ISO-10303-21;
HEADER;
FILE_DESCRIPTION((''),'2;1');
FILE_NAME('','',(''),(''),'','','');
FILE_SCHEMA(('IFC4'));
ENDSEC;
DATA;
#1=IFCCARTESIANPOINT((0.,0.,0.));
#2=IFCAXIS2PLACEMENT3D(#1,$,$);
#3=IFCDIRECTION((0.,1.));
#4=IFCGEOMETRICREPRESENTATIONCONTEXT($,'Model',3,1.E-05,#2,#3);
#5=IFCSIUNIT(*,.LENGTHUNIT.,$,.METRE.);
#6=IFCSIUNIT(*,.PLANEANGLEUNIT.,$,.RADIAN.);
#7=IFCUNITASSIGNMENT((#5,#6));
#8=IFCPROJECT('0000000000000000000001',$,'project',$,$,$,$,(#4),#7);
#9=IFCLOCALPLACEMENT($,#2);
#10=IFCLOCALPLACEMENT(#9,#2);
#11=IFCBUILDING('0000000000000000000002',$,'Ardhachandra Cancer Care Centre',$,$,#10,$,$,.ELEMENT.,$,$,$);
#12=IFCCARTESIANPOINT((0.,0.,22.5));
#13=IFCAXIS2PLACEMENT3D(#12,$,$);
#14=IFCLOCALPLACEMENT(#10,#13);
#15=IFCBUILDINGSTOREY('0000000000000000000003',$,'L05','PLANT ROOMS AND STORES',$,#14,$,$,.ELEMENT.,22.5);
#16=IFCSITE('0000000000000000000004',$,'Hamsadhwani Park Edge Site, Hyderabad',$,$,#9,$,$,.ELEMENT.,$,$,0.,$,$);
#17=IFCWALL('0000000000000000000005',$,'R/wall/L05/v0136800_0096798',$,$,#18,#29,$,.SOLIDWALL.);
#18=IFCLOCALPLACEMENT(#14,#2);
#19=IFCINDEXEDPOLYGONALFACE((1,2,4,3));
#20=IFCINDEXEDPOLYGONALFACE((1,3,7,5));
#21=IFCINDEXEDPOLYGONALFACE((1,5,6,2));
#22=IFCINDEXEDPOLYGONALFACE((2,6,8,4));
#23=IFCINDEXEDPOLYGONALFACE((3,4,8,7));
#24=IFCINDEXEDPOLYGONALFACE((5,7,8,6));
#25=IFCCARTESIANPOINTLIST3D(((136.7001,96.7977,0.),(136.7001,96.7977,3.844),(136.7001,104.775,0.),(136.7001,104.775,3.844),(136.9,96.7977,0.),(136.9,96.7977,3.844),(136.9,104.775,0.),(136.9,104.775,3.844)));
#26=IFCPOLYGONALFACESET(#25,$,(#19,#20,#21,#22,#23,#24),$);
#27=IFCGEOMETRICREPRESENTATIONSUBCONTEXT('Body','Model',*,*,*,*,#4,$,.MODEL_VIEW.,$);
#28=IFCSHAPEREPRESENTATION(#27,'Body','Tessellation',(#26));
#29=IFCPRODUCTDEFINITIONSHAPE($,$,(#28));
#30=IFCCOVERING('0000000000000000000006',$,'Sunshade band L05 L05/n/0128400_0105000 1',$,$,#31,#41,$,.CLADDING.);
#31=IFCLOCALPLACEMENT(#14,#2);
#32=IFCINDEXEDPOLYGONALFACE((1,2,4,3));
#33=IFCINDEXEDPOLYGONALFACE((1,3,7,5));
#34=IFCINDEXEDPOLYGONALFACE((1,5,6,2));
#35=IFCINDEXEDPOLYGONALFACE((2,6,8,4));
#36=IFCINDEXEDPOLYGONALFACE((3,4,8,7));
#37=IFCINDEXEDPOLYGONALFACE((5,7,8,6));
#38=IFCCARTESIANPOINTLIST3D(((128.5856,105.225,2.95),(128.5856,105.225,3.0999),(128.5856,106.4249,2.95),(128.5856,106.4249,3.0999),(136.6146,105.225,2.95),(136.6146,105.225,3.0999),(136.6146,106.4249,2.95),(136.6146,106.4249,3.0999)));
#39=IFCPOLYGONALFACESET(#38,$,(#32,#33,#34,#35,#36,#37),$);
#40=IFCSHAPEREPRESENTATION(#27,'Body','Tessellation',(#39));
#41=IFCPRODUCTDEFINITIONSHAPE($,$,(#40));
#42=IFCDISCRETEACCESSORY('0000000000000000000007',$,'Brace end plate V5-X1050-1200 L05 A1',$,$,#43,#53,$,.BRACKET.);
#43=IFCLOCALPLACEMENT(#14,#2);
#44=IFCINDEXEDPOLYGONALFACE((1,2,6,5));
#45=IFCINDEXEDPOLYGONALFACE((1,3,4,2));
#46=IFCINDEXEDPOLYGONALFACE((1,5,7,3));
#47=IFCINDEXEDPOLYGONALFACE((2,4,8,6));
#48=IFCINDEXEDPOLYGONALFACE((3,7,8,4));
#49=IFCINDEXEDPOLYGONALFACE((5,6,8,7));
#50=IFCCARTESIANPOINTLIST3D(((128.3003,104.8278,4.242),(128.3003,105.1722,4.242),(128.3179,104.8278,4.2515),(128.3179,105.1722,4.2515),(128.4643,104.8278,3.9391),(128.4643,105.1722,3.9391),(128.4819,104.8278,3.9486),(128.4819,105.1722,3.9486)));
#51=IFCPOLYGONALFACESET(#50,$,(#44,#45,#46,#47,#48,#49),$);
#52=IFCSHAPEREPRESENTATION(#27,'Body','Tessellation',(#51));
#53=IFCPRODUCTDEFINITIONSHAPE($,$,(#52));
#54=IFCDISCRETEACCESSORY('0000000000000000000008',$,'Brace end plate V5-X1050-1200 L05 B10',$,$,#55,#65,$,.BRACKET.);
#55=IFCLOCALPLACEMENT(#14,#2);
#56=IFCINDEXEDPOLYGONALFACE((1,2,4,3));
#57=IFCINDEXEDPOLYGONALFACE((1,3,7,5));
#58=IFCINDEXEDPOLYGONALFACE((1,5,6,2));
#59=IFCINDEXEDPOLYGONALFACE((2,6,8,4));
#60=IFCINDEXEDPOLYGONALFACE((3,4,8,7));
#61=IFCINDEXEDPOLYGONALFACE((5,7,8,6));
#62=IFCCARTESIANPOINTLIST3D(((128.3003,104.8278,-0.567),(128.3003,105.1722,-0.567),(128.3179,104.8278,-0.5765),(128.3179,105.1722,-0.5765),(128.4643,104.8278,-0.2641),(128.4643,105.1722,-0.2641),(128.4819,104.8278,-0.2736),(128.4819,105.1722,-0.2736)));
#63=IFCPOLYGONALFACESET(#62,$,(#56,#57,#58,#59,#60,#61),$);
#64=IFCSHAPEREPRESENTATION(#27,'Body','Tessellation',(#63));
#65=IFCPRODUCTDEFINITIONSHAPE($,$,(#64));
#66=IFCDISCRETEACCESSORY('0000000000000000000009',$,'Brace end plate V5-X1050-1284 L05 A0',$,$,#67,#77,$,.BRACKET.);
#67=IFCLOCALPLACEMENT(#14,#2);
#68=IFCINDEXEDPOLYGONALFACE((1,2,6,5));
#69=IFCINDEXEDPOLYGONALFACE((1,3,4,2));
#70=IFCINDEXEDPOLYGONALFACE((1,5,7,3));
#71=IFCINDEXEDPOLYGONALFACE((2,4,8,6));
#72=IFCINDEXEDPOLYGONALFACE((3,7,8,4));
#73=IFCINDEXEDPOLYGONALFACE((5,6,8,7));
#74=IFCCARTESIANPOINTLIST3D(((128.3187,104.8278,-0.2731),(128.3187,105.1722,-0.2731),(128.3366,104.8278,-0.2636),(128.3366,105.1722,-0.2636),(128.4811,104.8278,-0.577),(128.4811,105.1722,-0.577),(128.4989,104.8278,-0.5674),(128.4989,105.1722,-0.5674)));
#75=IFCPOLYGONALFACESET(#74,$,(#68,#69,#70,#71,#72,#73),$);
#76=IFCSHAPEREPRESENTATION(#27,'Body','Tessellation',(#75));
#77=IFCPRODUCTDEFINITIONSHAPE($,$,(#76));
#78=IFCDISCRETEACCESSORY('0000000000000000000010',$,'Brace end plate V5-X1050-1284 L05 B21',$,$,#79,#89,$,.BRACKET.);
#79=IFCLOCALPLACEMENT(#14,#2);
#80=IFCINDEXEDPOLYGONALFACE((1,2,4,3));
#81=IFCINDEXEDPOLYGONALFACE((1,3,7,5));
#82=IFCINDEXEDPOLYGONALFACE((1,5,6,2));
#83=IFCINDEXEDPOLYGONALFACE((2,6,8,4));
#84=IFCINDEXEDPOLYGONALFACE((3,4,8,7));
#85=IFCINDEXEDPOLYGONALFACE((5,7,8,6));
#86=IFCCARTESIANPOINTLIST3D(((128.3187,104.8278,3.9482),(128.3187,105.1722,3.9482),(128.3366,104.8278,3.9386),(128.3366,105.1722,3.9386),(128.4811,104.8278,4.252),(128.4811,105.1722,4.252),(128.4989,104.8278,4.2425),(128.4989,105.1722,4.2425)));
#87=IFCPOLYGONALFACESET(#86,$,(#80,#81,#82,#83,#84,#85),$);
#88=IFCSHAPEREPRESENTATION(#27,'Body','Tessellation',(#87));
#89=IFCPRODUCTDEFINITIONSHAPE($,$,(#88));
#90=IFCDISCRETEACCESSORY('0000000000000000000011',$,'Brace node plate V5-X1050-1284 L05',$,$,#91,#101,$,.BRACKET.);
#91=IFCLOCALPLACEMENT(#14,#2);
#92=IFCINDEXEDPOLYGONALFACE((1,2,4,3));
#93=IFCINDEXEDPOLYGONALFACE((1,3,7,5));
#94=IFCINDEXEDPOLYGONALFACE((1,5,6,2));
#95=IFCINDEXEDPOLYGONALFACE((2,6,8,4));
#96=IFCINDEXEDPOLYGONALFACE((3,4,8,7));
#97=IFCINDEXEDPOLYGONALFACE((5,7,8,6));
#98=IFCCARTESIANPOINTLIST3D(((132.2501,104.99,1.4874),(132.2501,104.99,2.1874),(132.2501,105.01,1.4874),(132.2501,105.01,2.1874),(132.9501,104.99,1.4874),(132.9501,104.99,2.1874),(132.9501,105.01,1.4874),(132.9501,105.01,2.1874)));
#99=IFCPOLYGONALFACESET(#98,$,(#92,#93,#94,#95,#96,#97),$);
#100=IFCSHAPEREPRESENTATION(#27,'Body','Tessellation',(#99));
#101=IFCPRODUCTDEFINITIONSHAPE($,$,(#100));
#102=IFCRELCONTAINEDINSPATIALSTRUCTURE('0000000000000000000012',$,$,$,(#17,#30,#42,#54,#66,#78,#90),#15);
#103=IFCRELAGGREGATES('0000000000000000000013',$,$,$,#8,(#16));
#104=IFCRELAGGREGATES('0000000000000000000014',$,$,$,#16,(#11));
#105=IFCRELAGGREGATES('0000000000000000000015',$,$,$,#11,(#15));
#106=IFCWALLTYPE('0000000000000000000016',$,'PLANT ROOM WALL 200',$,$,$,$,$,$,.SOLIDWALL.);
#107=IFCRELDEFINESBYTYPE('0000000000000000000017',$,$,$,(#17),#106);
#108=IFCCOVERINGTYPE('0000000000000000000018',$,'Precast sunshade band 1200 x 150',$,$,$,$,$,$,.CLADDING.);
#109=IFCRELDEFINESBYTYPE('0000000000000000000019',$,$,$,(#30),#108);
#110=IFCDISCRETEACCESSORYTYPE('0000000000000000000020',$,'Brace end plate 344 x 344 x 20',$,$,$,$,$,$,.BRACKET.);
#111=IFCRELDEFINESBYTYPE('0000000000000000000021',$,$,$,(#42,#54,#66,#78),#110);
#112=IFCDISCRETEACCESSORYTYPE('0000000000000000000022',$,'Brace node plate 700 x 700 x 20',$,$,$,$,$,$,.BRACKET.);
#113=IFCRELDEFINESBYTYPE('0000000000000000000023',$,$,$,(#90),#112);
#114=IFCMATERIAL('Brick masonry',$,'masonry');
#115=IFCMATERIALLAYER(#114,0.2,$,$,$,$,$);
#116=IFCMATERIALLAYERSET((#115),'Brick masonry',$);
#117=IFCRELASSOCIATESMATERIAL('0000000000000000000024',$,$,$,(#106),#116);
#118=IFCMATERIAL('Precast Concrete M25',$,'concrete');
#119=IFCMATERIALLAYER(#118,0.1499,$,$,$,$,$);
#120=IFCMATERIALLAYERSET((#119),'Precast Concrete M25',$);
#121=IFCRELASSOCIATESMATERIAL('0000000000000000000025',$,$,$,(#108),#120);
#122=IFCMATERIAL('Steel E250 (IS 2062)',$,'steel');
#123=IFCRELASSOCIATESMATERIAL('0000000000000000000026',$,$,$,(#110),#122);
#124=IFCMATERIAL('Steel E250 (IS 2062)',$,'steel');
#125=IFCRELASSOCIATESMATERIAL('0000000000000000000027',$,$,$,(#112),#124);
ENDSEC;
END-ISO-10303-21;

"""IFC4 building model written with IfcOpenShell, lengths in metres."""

from ifc_helpers import new_model, si_unit, direction, frame, frame_2d, origin, origin_2d, place, context, subcontext, project, spatial, rectangle, extrude, material, layer, layer_set, material_profile, profile_set, type_object, element, save


model = new_model("IFC4")

# Units and contexts
model_context = context("Model", 3, precision=1e-05, world=origin(), true_north=direction((0.0, 1.0)))
body_context = subcontext(model_context, "Body", "Model", "MODEL_VIEW")
ifc_project = project(units=[si_unit("LENGTHUNIT", "METRE"), si_unit("PLANEANGLEUNIT", "RADIAN")], contexts=[model_context])

# Site, building, storey
site_placement = place(None, origin())
site = spatial("IfcSite", under=ifc_project, at=site_placement, Name="Hamsadhwani Park Edge Site, Hyderabad", CompositionType="ELEMENT", RefElevation=0.0)
building_placement = place(site_placement, origin())
building = spatial("IfcBuilding", under=site, at=building_placement, Name="Ardhachandra Cancer Care Centre", CompositionType="ELEMENT")
storey_placement = place(building_placement, frame((0.0, 0.0, 22.5)))
storey = spatial("IfcBuildingStorey", under=building, at=storey_placement, Name="L05", Description="PLANT ROOMS AND STORES", CompositionType="ELEMENT", Elevation=22.5)

# Wall
ifc_material_1 = material(Name="Brick masonry", Category="masonry")
ifc_layer_1 = layer(ifc_material_1, 0.2)
ifc_layer_set_1 = layer_set([ifc_layer_1], Name="Brick masonry")
wall_type_1 = type_object("IfcWallType", Name="PLANT ROOM WALL 200", PredefinedType="SOLIDWALL", material=ifc_layer_set_1)
wall_1_placement = place(storey_placement, frame((136.8, 96.7976, 0.0), z_axis=(0.0, 0.0, 1.0), x_axis=(0.0, 1.0, 0.0)))
element("IfcWall", 1, at=wall_1_placement, inside=storey, type_object=wall_type_1, Name="R/wall/L05/v0136800_0096798", PredefinedType="SOLIDWALL", context=body_context, shape_type="SweptSolid", body=[
    extrude(rectangle(XDim=7.9773, YDim=0.2, at=frame_2d((3.9888, 0.0))), origin(), (0.0, 0.0, 1.0), 3.844),
])

# Covering
ifc_material_2 = material(Name="Precast Concrete M25", Category="concrete")
ifc_layer_2 = layer(ifc_material_2, 0.1499)
ifc_layer_set_2 = layer_set([ifc_layer_2], Name="Precast Concrete M25")
covering_type = type_object("IfcCoveringType", Name="Precast sunshade band 1200 x 150", PredefinedType="CLADDING", material=ifc_layer_set_2)
covering_placement = place(storey_placement, frame((132.6001, 105.825, 2.95), z_axis=(0.0, 0.0, 1.0), x_axis=(1.0, 0.0, 0.0)))
element("IfcCovering", 2, at=covering_placement, inside=storey, type_object=covering_type, Name="Sunshade band L05 L05/n/0128400_0105000 1", PredefinedType="CLADDING", context=body_context, shape_type="SweptSolid", body=[
    extrude(rectangle(XDim=8.0291, YDim=1.2, at=origin_2d()), origin(), (0.0, 0.0, 1.0), 0.1499),
])

# Discrete accessories
ifc_material_3 = material(Name="Steel E250 (IS 2062)", Category="steel")
ifc_material_profile_1 = material_profile(ifc_material_3, rectangle(XDim=0.3445, YDim=0.3445, at=origin_2d()), Name="PL 344x344x20")
ifc_profile_set_1 = profile_set([ifc_material_profile_1], Name="Steel E250 (IS 2062)")
discrete_accessory_type_1 = type_object("IfcDiscreteAccessoryType", Name="Brace end plate 344 x 344 x 20", PredefinedType="BRACKET", material=ifc_profile_set_1)
for number, where, z_axis, x_axis, name in (
    (3, (128.3999, 105.0, 4.1001), (-0.879292, 0.0, -0.476283), (0.0, -1.0, 0.0), "Brace end plate V5-X1050-1200 L05 A1"),
    (4, (128.3999, 105.0, -0.425), (-0.879292, 0.0, 0.476283), (0.0, -1.0, 0.0), "Brace end plate V5-X1050-1200 L05 B10"),
):
    element("IfcDiscreteAccessory", number, at=place(storey_placement, frame(where, z_axis=z_axis, x_axis=x_axis)), inside=storey, type_object=discrete_accessory_type_1, Name=name, PredefinedType="BRACKET", context=body_context, shape_type="SweptSolid", body=[
        extrude(rectangle(XDim=0.3445, YDim=0.3445, at=origin_2d()), origin(), (0.0, 0.0, 1.0), 0.02),
    ])
for number, where, z_axis, x_axis, name in (
    (5, (128.3999, 105.0, -0.425), (0.882018, 0.0, 0.471215), (0.0, 1.0, 0.0), "Brace end plate V5-X1050-1284 L05 A0"),
    (6, (128.3999, 105.0, 4.1001), (0.882018, 0.0, -0.471215), (0.0, 1.0, 0.0), "Brace end plate V5-X1050-1284 L05 B21"),
):
    element("IfcDiscreteAccessory", number, at=place(storey_placement, frame(where, z_axis=z_axis, x_axis=x_axis)), inside=storey, type_object=discrete_accessory_type_1, Name=name, PredefinedType="BRACKET", context=body_context, shape_type="SweptSolid", body=[
        extrude(rectangle(XDim=0.3445, YDim=0.3445, at=origin_2d()), origin(), (0.0, 0.0, 1.0), 0.0203),
    ])
ifc_material_4 = material(Name="Steel E250 (IS 2062)", Category="steel")
ifc_material_profile_2 = material_profile(ifc_material_4, rectangle(XDim=0.7, YDim=0.7, at=origin_2d()), Name="PL 700x700x20")
ifc_profile_set_2 = profile_set([ifc_material_profile_2], Name="Steel E250 (IS 2062)")
discrete_accessory_type_2 = type_object("IfcDiscreteAccessoryType", Name="Brace node plate 700 x 700 x 20", PredefinedType="BRACKET", material=ifc_profile_set_2)
discrete_accessory_placement = place(storey_placement, frame((132.6001, 104.99, 1.8374), z_axis=(0.0, 1.0, 0.0), x_axis=(-1.0, 0.0, 0.0)))
element("IfcDiscreteAccessory", 7, at=discrete_accessory_placement, inside=storey, type_object=discrete_accessory_type_2, Name="Brace node plate V5-X1050-1284 L05", PredefinedType="BRACKET", context=body_context, shape_type="SweptSolid", body=[
    extrude(rectangle(XDim=0.7, YDim=0.7, at=origin_2d()), origin(), (0.0, 0.0, 1.0), 0.02),
])

save(model, "model.ifc")
